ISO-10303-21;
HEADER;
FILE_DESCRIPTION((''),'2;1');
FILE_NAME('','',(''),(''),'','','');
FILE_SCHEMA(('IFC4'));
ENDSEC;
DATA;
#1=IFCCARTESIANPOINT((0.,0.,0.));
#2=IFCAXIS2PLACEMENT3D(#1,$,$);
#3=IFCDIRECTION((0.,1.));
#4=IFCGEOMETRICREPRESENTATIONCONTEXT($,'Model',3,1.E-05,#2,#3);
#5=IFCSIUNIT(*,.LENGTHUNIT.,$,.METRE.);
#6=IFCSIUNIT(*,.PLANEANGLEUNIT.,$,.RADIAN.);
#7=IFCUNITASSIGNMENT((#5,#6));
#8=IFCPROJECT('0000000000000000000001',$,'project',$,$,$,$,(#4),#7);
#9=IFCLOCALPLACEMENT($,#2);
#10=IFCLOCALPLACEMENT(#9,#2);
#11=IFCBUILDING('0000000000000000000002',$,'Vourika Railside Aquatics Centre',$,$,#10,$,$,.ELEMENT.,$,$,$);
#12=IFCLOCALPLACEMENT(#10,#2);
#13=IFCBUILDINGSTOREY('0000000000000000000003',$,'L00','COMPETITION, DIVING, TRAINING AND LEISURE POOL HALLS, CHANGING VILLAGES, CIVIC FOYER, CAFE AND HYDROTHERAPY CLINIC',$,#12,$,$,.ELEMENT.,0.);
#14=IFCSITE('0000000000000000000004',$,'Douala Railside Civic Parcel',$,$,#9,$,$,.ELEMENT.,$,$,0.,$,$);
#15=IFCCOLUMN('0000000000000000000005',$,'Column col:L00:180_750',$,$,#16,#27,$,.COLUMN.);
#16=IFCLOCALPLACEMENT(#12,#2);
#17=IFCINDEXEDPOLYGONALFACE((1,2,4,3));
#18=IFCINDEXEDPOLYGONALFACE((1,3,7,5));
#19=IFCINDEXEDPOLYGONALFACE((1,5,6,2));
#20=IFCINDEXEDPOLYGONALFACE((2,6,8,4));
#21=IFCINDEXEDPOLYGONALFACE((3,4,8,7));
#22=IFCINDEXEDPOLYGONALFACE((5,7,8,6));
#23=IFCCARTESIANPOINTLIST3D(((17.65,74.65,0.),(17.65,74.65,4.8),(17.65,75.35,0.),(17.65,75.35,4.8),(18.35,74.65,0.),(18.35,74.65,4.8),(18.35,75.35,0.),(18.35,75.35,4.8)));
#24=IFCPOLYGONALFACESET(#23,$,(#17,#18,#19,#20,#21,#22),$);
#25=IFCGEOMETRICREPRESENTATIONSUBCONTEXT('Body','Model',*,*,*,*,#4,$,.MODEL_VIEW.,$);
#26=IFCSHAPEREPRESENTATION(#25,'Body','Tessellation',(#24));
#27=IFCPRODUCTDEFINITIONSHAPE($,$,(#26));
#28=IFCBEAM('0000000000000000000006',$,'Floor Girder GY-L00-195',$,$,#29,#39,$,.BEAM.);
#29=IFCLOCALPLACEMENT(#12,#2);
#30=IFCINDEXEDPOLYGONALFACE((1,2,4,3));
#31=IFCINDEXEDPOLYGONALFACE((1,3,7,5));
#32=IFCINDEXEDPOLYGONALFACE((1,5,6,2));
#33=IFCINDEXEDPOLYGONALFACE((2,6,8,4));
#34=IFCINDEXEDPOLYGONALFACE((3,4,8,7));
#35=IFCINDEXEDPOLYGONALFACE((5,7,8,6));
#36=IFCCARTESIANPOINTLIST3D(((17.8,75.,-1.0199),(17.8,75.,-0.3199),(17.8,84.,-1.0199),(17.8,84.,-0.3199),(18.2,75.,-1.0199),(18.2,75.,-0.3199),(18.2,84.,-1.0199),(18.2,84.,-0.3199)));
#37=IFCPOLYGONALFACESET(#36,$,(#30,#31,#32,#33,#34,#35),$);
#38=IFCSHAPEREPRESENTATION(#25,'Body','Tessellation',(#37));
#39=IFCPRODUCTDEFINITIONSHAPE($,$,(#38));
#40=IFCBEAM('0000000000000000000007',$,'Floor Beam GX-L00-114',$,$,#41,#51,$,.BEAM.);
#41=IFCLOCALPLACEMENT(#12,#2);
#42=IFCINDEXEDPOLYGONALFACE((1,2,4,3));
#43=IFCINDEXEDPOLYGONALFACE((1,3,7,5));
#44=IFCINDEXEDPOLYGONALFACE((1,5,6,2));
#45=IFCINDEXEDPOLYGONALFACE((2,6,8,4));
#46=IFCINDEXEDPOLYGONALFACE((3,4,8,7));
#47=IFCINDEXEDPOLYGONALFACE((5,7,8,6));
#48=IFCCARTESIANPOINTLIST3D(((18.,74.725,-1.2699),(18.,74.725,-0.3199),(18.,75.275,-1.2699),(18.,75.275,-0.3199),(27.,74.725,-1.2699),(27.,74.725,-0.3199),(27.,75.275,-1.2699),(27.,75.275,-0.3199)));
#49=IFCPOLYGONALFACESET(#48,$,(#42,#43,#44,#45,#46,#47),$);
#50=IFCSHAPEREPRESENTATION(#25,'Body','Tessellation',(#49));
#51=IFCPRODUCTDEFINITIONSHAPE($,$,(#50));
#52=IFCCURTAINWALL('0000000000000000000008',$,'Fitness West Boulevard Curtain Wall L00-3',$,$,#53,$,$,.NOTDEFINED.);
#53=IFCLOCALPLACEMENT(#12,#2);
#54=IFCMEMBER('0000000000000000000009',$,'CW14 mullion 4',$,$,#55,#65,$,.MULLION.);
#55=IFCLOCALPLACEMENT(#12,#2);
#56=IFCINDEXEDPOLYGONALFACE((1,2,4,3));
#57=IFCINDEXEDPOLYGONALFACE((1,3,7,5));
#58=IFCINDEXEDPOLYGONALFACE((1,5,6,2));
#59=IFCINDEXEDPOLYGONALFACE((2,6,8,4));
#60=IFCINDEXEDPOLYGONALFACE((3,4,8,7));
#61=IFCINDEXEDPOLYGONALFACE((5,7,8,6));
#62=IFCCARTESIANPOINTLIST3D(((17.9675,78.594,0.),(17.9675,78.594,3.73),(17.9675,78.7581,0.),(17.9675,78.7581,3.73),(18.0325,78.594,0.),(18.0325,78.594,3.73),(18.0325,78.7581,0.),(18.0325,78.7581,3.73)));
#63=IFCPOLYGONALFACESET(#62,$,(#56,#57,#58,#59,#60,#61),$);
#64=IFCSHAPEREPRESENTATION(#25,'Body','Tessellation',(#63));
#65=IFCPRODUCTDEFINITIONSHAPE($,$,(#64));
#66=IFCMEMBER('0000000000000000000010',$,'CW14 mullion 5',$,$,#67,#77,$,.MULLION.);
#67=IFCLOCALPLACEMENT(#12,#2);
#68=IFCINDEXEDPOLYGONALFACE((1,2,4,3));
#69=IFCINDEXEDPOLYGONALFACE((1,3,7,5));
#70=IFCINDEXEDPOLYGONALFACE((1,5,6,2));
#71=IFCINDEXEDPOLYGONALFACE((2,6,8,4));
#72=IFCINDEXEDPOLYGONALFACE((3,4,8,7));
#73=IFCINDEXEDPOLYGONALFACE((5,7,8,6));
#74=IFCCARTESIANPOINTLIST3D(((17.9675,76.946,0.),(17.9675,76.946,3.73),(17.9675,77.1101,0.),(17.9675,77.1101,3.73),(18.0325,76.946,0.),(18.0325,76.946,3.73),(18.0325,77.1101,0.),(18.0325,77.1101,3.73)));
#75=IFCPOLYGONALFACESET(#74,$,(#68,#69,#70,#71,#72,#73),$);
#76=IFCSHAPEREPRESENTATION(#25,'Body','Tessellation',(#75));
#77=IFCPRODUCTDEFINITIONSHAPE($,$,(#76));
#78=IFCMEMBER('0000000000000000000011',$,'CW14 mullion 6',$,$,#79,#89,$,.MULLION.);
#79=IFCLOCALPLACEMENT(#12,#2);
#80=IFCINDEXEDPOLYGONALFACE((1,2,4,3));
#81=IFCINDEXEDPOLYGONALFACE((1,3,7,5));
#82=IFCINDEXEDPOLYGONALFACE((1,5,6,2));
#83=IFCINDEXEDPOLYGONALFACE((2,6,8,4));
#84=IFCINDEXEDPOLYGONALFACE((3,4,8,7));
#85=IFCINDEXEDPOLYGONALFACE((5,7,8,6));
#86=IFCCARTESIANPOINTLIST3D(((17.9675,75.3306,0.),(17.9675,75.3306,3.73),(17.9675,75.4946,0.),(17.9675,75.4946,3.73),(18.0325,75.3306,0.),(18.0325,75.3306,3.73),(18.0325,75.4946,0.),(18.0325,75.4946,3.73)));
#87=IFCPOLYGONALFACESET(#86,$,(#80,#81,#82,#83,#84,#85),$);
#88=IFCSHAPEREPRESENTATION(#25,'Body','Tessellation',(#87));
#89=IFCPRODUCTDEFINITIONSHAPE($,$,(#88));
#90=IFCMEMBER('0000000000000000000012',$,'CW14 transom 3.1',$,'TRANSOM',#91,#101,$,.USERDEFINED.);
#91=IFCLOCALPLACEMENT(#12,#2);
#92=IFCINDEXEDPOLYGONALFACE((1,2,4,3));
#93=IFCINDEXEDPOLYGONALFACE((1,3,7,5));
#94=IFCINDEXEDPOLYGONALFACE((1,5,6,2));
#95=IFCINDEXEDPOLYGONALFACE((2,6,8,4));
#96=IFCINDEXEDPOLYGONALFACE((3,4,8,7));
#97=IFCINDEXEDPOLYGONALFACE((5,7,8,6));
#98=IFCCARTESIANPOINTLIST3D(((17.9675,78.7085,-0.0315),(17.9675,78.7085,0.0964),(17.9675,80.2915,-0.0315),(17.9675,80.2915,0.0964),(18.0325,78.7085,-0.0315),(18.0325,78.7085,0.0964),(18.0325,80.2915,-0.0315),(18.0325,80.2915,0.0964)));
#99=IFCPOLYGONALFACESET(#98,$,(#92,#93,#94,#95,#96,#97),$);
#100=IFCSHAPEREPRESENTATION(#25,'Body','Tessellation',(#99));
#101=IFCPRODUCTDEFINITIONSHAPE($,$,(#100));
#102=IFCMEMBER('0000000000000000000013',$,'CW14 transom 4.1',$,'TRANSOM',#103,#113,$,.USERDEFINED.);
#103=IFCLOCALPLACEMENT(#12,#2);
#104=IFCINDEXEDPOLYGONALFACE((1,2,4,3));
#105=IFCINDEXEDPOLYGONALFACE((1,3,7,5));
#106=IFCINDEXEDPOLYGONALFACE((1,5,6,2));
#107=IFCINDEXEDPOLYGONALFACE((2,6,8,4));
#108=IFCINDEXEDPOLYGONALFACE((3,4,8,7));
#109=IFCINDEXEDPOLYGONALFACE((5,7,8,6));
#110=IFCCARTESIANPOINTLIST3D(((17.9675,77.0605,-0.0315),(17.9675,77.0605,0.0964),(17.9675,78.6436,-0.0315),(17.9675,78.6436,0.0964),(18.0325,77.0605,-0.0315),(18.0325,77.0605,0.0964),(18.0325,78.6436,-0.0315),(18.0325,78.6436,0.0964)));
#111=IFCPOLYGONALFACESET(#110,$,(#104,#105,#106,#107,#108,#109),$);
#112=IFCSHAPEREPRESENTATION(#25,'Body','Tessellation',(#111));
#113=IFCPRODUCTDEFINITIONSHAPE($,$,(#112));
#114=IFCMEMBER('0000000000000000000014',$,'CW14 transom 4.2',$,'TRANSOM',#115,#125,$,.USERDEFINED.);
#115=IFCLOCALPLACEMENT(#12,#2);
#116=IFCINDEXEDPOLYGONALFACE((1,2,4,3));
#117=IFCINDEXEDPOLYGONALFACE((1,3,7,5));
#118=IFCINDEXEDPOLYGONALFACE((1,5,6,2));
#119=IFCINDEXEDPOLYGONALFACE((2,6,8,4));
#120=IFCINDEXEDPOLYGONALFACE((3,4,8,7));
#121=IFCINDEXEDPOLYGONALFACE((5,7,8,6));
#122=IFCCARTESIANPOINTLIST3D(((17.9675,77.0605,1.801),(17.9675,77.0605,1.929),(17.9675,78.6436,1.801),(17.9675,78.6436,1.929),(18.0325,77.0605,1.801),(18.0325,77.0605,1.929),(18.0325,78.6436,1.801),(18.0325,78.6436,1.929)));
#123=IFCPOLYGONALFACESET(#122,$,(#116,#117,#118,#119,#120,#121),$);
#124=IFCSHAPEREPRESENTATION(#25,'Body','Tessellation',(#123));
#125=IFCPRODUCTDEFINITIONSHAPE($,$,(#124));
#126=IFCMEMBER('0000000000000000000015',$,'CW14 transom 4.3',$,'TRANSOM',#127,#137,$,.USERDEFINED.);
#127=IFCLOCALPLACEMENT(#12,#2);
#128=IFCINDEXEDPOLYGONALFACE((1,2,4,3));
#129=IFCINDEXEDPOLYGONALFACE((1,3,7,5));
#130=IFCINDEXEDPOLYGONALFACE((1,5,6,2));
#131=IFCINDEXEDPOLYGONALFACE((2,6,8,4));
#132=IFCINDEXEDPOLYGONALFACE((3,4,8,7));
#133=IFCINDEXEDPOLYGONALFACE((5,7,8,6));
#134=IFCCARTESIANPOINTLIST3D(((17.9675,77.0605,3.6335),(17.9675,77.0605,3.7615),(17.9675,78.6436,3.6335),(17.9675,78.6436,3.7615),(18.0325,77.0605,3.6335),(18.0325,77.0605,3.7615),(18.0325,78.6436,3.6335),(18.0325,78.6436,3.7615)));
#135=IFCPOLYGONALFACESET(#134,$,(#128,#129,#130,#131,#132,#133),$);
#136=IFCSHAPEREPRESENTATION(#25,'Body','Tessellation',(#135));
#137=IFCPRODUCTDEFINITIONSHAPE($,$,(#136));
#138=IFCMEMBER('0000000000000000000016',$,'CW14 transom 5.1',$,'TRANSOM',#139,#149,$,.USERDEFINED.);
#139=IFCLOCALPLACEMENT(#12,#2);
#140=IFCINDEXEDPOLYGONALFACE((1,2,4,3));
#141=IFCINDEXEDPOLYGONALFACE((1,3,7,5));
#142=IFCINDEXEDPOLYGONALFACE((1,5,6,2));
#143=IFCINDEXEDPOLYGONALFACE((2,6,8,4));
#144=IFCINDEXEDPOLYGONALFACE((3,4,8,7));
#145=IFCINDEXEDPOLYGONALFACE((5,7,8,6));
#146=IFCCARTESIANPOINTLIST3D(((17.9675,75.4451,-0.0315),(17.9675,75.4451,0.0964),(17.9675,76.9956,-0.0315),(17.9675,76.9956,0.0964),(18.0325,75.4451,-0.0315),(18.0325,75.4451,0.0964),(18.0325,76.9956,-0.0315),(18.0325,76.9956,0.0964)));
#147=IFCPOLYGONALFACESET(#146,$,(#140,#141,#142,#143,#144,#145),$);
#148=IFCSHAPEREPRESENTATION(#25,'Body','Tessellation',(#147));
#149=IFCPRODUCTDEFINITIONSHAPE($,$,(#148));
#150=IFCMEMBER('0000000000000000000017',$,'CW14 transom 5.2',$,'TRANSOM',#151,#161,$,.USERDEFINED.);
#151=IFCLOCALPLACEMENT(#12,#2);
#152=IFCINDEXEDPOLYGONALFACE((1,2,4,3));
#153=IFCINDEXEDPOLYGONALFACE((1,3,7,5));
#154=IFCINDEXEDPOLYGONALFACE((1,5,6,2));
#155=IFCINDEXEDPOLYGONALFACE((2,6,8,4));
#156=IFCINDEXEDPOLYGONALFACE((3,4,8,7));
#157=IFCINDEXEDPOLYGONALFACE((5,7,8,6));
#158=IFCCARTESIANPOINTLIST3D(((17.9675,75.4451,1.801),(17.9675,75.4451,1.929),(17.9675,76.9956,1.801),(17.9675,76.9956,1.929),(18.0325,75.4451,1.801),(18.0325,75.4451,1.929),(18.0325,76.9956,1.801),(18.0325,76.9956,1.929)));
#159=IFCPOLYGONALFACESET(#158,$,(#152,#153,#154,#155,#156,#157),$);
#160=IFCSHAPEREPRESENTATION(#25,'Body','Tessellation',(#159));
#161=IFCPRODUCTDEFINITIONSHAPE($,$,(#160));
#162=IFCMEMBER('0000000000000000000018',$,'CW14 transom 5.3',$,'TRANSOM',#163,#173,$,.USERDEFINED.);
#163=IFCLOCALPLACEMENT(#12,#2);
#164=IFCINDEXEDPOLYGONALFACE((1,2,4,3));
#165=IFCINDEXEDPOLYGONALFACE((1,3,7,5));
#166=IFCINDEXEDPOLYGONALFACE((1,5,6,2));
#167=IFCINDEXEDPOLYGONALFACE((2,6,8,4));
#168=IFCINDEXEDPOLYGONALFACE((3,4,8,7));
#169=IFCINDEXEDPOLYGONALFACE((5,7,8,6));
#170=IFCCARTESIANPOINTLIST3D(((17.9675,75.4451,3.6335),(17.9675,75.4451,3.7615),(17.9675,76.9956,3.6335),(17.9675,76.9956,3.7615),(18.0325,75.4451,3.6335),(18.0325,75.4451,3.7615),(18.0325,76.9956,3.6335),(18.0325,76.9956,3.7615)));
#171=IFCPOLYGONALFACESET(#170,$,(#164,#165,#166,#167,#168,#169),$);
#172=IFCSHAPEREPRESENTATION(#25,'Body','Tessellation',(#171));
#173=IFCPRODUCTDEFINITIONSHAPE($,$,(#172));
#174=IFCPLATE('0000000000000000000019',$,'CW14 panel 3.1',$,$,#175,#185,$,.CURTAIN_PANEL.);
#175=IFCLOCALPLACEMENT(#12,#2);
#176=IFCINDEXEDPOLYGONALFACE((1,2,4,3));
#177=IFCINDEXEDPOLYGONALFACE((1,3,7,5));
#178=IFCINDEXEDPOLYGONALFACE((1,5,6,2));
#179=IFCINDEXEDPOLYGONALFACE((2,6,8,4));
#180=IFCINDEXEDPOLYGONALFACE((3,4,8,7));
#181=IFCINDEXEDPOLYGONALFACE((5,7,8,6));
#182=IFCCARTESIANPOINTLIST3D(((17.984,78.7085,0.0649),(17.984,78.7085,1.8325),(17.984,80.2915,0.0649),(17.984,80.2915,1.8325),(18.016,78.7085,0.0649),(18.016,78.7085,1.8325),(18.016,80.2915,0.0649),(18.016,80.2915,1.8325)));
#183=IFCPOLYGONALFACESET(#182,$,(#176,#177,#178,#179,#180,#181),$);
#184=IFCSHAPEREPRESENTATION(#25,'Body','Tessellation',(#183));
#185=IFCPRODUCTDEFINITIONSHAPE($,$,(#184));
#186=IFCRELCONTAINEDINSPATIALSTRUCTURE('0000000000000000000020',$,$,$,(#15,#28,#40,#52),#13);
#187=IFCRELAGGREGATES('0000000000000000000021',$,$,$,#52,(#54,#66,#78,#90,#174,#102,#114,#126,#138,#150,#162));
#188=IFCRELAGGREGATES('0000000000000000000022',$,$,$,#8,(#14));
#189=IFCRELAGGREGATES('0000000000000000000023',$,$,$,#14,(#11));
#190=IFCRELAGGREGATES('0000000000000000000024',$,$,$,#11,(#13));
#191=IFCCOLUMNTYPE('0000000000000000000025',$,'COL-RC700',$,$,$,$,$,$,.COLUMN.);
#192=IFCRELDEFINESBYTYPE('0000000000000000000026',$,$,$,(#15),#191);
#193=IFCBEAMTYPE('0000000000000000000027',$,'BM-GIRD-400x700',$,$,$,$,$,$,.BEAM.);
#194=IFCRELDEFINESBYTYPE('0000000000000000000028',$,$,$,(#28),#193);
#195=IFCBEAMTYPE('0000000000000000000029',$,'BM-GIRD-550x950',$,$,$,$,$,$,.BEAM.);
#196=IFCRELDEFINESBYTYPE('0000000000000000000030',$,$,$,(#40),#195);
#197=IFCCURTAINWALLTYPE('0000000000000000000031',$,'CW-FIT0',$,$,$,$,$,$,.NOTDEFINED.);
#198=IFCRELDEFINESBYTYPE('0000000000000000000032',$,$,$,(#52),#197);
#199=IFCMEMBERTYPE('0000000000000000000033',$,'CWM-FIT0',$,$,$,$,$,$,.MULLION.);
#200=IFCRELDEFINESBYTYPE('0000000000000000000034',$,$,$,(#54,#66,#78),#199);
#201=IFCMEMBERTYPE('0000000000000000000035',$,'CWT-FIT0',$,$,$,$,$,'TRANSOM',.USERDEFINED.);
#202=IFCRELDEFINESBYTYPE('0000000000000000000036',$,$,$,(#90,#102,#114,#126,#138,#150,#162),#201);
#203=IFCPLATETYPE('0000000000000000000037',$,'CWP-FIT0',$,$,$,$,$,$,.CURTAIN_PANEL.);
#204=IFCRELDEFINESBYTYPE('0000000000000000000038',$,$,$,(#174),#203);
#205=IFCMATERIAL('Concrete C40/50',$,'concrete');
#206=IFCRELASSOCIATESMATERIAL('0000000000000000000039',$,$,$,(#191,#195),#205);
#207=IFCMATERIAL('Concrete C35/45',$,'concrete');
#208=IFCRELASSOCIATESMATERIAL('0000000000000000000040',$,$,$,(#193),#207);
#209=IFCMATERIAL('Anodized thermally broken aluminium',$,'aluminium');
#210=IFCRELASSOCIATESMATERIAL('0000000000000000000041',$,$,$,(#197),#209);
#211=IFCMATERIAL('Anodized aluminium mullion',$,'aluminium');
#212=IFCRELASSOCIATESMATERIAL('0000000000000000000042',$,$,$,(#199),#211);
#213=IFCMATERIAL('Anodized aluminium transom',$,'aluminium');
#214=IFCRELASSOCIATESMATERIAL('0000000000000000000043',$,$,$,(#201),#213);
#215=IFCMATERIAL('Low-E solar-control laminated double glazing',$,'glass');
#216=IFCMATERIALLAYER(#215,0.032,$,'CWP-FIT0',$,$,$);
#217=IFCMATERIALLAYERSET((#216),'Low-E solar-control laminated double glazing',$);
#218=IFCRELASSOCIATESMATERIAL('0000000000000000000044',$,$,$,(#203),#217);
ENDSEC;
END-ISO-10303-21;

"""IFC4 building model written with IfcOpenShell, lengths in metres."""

from ifc_helpers import new_model, si_unit, direction, frame, origin, origin_2d, place, context, subcontext, project, spatial, rectangle, extrude, material, layer, layer_set, material_profile, profile_set, type_object, element, aggregate, save


model = new_model("IFC4")

# Units and contexts
model_context = context("Model", 3, precision=1e-05, world=origin(), true_north=direction((0.0, 1.0)))
body_context = subcontext(model_context, "Body", "Model", "MODEL_VIEW")
ifc_project = project(units=[si_unit("LENGTHUNIT", "METRE"), si_unit("PLANEANGLEUNIT", "RADIAN")], contexts=[model_context])

# Site, building, storey
site_placement = place(None, origin())
site = spatial("IfcSite", under=ifc_project, at=site_placement, Name="Douala Railside Civic Parcel", CompositionType="ELEMENT", RefElevation=0.0)
building_placement = place(site_placement, origin())
building = spatial("IfcBuilding", under=site, at=building_placement, Name="Vourika Railside Aquatics Centre", CompositionType="ELEMENT")
storey_placement = place(building_placement, origin())
storey = spatial("IfcBuildingStorey", under=building, at=storey_placement, Name="L00", Description="COMPETITION, DIVING, TRAINING AND LEISURE POOL HALLS, CHANGING VILLAGES, CIVIC FOYER, CAFE AND HYDROTHERAPY CLINIC", CompositionType="ELEMENT", Elevation=0.0)

# Column
ifc_material_1 = material(Name="Concrete C40/50", Category="concrete")
ifc_material_profile_1 = material_profile(ifc_material_1, rectangle(XDim=0.7, YDim=0.7, at=origin_2d()), Name="RC 700x700")
ifc_profile_set_1 = profile_set([ifc_material_profile_1], Name="Concrete C40/50")
column_type = type_object("IfcColumnType", Name="COL-RC700", PredefinedType="COLUMN", material=ifc_profile_set_1)
column_placement = place(storey_placement, frame((18.0, 75.0, 0.0), z_axis=(0.0, 0.0, 1.0), x_axis=(1.0, 0.0, 0.0)))
element("IfcColumn", 1, at=column_placement, inside=storey, type_object=column_type, Name="Column col:L00:180_750", PredefinedType="COLUMN", context=body_context, shape_type="SweptSolid", body=[
    extrude(rectangle(XDim=0.7, YDim=0.7, at=origin_2d()), origin(), (0.0, 0.0, 1.0), 4.8),
])

# Beams
ifc_material_2 = material(Name="Concrete C35/45", Category="concrete")
ifc_material_profile_2 = material_profile(ifc_material_2, rectangle(XDim=0.3999, YDim=0.7, at=origin_2d()), Name="RC 400x700")
ifc_profile_set_2 = profile_set([ifc_material_profile_2], Name="Concrete C35/45")
beam_type_1 = type_object("IfcBeamType", Name="BM-GIRD-400x700", PredefinedType="BEAM", material=ifc_profile_set_2)
beam_1_placement = place(storey_placement, frame((18.0, 75.0, -0.6699), z_axis=(0.0, 1.0, 0.0), x_axis=(-1.0, 0.0, 0.0)))
element("IfcBeam", 2, at=beam_1_placement, inside=storey, type_object=beam_type_1, Name="Floor Girder GY-L00-195", PredefinedType="BEAM", context=body_context, shape_type="SweptSolid", body=[
    extrude(rectangle(XDim=0.3999, YDim=0.7, at=origin_2d()), origin(), (0.0, 0.0, 1.0), 9.0),
])
ifc_material_profile_3 = material_profile(ifc_material_1, rectangle(XDim=0.55, YDim=0.95, at=origin_2d()), Name="RC 550x950")
ifc_profile_set_3 = profile_set([ifc_material_profile_3], Name="Concrete C40/50")
beam_type_2 = type_object("IfcBeamType", Name="BM-GIRD-550x950", PredefinedType="BEAM", material=ifc_profile_set_3)
beam_2_placement = place(storey_placement, frame((18.0, 75.0, -0.7949), z_axis=(1.0, 0.0, 0.0), x_axis=(0.0, 1.0, 0.0)))
element("IfcBeam", 3, at=beam_2_placement, inside=storey, type_object=beam_type_2, Name="Floor Beam GX-L00-114", PredefinedType="BEAM", context=body_context, shape_type="SweptSolid", body=[
    extrude(rectangle(XDim=0.55, YDim=0.95, at=origin_2d()), origin(), (0.0, 0.0, 1.0), 9.0),
])

# Curtain wall, members, plate
ifc_material_3 = material(Name="Anodized thermally broken aluminium", Category="aluminium")
curtain_wall_type = type_object("IfcCurtainWallType", Name="CW-FIT0", PredefinedType="NOTDEFINED", material=ifc_material_3)
curtain_wall_placement = place(storey_placement, origin())
curtain_wall = element("IfcCurtainWall", 4, at=curtain_wall_placement, inside=storey, type_object=curtain_wall_type, Name="Fitness West Boulevard Curtain Wall L00-3", PredefinedType="NOTDEFINED")
ifc_material_4 = material(Name="Anodized aluminium mullion", Category="aluminium")
ifc_material_profile_4 = material_profile(ifc_material_4, rectangle(XDim=0.0649, YDim=0.1641, at=origin_2d()), Name="ALU-M 65x164")
ifc_profile_set_4 = profile_set([ifc_material_profile_4], Name="Anodized aluminium mullion")
member_type_1 = type_object("IfcMemberType", Name="CWM-FIT0", PredefinedType="MULLION", material=ifc_profile_set_4)
member_1_placement = place(storey_placement, frame((18.0, 78.676, 0.0), z_axis=(0.0, 0.0, 1.0), x_axis=(1.0, 0.0, 0.0)))
member_1 = element("IfcMember", 5, at=member_1_placement, type_object=member_type_1, Name="CW14 mullion 4", PredefinedType="MULLION", context=body_context, shape_type="SweptSolid", body=[
    extrude(rectangle(XDim=0.0649, YDim=0.1641, at=origin_2d()), origin(), (0.0, 0.0, 1.0), 3.73),
])
member_2_placement = place(storey_placement, frame((18.0, 77.0281, 0.0), z_axis=(0.0, 0.0, 1.0), x_axis=(1.0, 0.0, 0.0)))
member_2 = element("IfcMember", 6, at=member_2_placement, type_object=member_type_1, Name="CW14 mullion 5", PredefinedType="MULLION", context=body_context, shape_type="SweptSolid", body=[
    extrude(rectangle(XDim=0.0649, YDim=0.1641, at=origin_2d()), origin(), (0.0, 0.0, 1.0), 3.73),
])
member_3_placement = place(storey_placement, frame((18.0, 75.4126, 0.0), z_axis=(0.0, 0.0, 1.0), x_axis=(1.0, 0.0, 0.0)))
member_3 = element("IfcMember", 7, at=member_3_placement, type_object=member_type_1, Name="CW14 mullion 6", PredefinedType="MULLION", context=body_context, shape_type="SweptSolid", body=[
    extrude(rectangle(XDim=0.0649, YDim=0.1641, at=origin_2d()), origin(), (0.0, 0.0, 1.0), 3.73),
])
ifc_material_5 = material(Name="Anodized aluminium transom", Category="aluminium")
ifc_material_profile_5 = material_profile(ifc_material_5, rectangle(XDim=0.0649, YDim=0.1279, at=origin_2d()), Name="ALU-T 65x128")
ifc_profile_set_5 = profile_set([ifc_material_profile_5], Name="Anodized aluminium transom")
member_type_2 = type_object("IfcMemberType", Name="CWT-FIT0", ElementType="TRANSOM", PredefinedType="USERDEFINED", material=ifc_profile_set_5)
member_4_placement = place(storey_placement, frame((18.0, 80.2915, 0.0325), z_axis=(0.0, -1.0, 0.0), x_axis=(1.0, 0.0, 0.0)))
member_4 = element("IfcMember", 8, at=member_4_placement, type_object=member_type_2, Name="CW14 transom 3.1", ObjectType="TRANSOM", PredefinedType="USERDEFINED", context=body_context, shape_type="SweptSolid", body=[
    extrude(rectangle(XDim=0.0649, YDim=0.1279, at=origin_2d()), origin(), (0.0, 0.0, 1.0), 1.583),
])
member_5_placement = place(storey_placement, frame((18.0, 78.6436, 0.0325), z_axis=(0.0, -1.0, 0.0), x_axis=(1.0, 0.0, 0.0)))
member_5 = element("IfcMember", 9, at=member_5_placement, type_object=member_type_2, Name="CW14 transom 4.1", ObjectType="TRANSOM", PredefinedType="USERDEFINED", context=body_context, shape_type="SweptSolid", body=[
    extrude(rectangle(XDim=0.0649, YDim=0.1279, at=origin_2d()), origin(), (0.0, 0.0, 1.0), 1.583),
])
member_6_placement = place(storey_placement, frame((18.0, 78.6436, 1.865), z_axis=(0.0, -1.0, 0.0), x_axis=(1.0, 0.0, 0.0)))
member_6 = element("IfcMember", 10, at=member_6_placement, type_object=member_type_2, Name="CW14 transom 4.2", ObjectType="TRANSOM", PredefinedType="USERDEFINED", context=body_context, shape_type="SweptSolid", body=[
    extrude(rectangle(XDim=0.0649, YDim=0.1279, at=origin_2d()), origin(), (0.0, 0.0, 1.0), 1.583),
])
member_7_placement = place(storey_placement, frame((18.0, 78.6436, 3.6975), z_axis=(0.0, -1.0, 0.0), x_axis=(1.0, 0.0, 0.0)))
member_7 = element("IfcMember", 11, at=member_7_placement, type_object=member_type_2, Name="CW14 transom 4.3", ObjectType="TRANSOM", PredefinedType="USERDEFINED", context=body_context, shape_type="SweptSolid", body=[
    extrude(rectangle(XDim=0.0649, YDim=0.1279, at=origin_2d()), origin(), (0.0, 0.0, 1.0), 1.583),
])
member_8_placement = place(storey_placement, frame((18.0, 76.9956, 0.0325), z_axis=(0.0, -1.0, 0.0), x_axis=(1.0, 0.0, 0.0)))
member_8 = element("IfcMember", 12, at=member_8_placement, type_object=member_type_2, Name="CW14 transom 5.1", ObjectType="TRANSOM", PredefinedType="USERDEFINED", context=body_context, shape_type="SweptSolid", body=[
    extrude(rectangle(XDim=0.0649, YDim=0.1279, at=origin_2d()), origin(), (0.0, 0.0, 1.0), 1.5505),
])
member_9_placement = place(storey_placement, frame((18.0, 76.9956, 1.865), z_axis=(0.0, -1.0, 0.0), x_axis=(1.0, 0.0, 0.0)))
member_9 = element("IfcMember", 13, at=member_9_placement, type_object=member_type_2, Name="CW14 transom 5.2", ObjectType="TRANSOM", PredefinedType="USERDEFINED", context=body_context, shape_type="SweptSolid", body=[
    extrude(rectangle(XDim=0.0649, YDim=0.1279, at=origin_2d()), origin(), (0.0, 0.0, 1.0), 1.5505),
])
member_10_placement = place(storey_placement, frame((18.0, 76.9956, 3.6975), z_axis=(0.0, -1.0, 0.0), x_axis=(1.0, 0.0, 0.0)))
member_10 = element("IfcMember", 14, at=member_10_placement, type_object=member_type_2, Name="CW14 transom 5.3", ObjectType="TRANSOM", PredefinedType="USERDEFINED", context=body_context, shape_type="SweptSolid", body=[
    extrude(rectangle(XDim=0.0649, YDim=0.1279, at=origin_2d()), origin(), (0.0, 0.0, 1.0), 1.5505),
])
ifc_material_6 = material(Name="Low-E solar-control laminated double glazing", Category="glass")
ifc_layer = layer(ifc_material_6, 0.032, Name="CWP-FIT0")
ifc_layer_set = layer_set([ifc_layer], Name="Low-E solar-control laminated double glazing")
plate_type = type_object("IfcPlateType", Name="CWP-FIT0", PredefinedType="CURTAIN_PANEL", material=ifc_layer_set)
plate_1_placement = place(storey_placement, frame((18.0, 79.5, 0.0649), z_axis=(0.0, 0.0, 1.0), x_axis=(0.0, -1.0, 0.0)))
plate_1 = element("IfcPlate", 15, at=plate_1_placement, type_object=plate_type, Name="CW14 panel 3.1", PredefinedType="CURTAIN_PANEL", context=body_context, shape_type="SweptSolid", body=[
    extrude(rectangle(XDim=1.583, YDim=0.032, at=origin_2d()), origin(), (0.0, 0.0, 1.0), 1.7676),
])
aggregate(curtain_wall, [member_1, member_2, member_3, member_4, plate_1, member_5, member_6, member_7, member_8, member_9, member_10])

save(model, "model.ifc")
